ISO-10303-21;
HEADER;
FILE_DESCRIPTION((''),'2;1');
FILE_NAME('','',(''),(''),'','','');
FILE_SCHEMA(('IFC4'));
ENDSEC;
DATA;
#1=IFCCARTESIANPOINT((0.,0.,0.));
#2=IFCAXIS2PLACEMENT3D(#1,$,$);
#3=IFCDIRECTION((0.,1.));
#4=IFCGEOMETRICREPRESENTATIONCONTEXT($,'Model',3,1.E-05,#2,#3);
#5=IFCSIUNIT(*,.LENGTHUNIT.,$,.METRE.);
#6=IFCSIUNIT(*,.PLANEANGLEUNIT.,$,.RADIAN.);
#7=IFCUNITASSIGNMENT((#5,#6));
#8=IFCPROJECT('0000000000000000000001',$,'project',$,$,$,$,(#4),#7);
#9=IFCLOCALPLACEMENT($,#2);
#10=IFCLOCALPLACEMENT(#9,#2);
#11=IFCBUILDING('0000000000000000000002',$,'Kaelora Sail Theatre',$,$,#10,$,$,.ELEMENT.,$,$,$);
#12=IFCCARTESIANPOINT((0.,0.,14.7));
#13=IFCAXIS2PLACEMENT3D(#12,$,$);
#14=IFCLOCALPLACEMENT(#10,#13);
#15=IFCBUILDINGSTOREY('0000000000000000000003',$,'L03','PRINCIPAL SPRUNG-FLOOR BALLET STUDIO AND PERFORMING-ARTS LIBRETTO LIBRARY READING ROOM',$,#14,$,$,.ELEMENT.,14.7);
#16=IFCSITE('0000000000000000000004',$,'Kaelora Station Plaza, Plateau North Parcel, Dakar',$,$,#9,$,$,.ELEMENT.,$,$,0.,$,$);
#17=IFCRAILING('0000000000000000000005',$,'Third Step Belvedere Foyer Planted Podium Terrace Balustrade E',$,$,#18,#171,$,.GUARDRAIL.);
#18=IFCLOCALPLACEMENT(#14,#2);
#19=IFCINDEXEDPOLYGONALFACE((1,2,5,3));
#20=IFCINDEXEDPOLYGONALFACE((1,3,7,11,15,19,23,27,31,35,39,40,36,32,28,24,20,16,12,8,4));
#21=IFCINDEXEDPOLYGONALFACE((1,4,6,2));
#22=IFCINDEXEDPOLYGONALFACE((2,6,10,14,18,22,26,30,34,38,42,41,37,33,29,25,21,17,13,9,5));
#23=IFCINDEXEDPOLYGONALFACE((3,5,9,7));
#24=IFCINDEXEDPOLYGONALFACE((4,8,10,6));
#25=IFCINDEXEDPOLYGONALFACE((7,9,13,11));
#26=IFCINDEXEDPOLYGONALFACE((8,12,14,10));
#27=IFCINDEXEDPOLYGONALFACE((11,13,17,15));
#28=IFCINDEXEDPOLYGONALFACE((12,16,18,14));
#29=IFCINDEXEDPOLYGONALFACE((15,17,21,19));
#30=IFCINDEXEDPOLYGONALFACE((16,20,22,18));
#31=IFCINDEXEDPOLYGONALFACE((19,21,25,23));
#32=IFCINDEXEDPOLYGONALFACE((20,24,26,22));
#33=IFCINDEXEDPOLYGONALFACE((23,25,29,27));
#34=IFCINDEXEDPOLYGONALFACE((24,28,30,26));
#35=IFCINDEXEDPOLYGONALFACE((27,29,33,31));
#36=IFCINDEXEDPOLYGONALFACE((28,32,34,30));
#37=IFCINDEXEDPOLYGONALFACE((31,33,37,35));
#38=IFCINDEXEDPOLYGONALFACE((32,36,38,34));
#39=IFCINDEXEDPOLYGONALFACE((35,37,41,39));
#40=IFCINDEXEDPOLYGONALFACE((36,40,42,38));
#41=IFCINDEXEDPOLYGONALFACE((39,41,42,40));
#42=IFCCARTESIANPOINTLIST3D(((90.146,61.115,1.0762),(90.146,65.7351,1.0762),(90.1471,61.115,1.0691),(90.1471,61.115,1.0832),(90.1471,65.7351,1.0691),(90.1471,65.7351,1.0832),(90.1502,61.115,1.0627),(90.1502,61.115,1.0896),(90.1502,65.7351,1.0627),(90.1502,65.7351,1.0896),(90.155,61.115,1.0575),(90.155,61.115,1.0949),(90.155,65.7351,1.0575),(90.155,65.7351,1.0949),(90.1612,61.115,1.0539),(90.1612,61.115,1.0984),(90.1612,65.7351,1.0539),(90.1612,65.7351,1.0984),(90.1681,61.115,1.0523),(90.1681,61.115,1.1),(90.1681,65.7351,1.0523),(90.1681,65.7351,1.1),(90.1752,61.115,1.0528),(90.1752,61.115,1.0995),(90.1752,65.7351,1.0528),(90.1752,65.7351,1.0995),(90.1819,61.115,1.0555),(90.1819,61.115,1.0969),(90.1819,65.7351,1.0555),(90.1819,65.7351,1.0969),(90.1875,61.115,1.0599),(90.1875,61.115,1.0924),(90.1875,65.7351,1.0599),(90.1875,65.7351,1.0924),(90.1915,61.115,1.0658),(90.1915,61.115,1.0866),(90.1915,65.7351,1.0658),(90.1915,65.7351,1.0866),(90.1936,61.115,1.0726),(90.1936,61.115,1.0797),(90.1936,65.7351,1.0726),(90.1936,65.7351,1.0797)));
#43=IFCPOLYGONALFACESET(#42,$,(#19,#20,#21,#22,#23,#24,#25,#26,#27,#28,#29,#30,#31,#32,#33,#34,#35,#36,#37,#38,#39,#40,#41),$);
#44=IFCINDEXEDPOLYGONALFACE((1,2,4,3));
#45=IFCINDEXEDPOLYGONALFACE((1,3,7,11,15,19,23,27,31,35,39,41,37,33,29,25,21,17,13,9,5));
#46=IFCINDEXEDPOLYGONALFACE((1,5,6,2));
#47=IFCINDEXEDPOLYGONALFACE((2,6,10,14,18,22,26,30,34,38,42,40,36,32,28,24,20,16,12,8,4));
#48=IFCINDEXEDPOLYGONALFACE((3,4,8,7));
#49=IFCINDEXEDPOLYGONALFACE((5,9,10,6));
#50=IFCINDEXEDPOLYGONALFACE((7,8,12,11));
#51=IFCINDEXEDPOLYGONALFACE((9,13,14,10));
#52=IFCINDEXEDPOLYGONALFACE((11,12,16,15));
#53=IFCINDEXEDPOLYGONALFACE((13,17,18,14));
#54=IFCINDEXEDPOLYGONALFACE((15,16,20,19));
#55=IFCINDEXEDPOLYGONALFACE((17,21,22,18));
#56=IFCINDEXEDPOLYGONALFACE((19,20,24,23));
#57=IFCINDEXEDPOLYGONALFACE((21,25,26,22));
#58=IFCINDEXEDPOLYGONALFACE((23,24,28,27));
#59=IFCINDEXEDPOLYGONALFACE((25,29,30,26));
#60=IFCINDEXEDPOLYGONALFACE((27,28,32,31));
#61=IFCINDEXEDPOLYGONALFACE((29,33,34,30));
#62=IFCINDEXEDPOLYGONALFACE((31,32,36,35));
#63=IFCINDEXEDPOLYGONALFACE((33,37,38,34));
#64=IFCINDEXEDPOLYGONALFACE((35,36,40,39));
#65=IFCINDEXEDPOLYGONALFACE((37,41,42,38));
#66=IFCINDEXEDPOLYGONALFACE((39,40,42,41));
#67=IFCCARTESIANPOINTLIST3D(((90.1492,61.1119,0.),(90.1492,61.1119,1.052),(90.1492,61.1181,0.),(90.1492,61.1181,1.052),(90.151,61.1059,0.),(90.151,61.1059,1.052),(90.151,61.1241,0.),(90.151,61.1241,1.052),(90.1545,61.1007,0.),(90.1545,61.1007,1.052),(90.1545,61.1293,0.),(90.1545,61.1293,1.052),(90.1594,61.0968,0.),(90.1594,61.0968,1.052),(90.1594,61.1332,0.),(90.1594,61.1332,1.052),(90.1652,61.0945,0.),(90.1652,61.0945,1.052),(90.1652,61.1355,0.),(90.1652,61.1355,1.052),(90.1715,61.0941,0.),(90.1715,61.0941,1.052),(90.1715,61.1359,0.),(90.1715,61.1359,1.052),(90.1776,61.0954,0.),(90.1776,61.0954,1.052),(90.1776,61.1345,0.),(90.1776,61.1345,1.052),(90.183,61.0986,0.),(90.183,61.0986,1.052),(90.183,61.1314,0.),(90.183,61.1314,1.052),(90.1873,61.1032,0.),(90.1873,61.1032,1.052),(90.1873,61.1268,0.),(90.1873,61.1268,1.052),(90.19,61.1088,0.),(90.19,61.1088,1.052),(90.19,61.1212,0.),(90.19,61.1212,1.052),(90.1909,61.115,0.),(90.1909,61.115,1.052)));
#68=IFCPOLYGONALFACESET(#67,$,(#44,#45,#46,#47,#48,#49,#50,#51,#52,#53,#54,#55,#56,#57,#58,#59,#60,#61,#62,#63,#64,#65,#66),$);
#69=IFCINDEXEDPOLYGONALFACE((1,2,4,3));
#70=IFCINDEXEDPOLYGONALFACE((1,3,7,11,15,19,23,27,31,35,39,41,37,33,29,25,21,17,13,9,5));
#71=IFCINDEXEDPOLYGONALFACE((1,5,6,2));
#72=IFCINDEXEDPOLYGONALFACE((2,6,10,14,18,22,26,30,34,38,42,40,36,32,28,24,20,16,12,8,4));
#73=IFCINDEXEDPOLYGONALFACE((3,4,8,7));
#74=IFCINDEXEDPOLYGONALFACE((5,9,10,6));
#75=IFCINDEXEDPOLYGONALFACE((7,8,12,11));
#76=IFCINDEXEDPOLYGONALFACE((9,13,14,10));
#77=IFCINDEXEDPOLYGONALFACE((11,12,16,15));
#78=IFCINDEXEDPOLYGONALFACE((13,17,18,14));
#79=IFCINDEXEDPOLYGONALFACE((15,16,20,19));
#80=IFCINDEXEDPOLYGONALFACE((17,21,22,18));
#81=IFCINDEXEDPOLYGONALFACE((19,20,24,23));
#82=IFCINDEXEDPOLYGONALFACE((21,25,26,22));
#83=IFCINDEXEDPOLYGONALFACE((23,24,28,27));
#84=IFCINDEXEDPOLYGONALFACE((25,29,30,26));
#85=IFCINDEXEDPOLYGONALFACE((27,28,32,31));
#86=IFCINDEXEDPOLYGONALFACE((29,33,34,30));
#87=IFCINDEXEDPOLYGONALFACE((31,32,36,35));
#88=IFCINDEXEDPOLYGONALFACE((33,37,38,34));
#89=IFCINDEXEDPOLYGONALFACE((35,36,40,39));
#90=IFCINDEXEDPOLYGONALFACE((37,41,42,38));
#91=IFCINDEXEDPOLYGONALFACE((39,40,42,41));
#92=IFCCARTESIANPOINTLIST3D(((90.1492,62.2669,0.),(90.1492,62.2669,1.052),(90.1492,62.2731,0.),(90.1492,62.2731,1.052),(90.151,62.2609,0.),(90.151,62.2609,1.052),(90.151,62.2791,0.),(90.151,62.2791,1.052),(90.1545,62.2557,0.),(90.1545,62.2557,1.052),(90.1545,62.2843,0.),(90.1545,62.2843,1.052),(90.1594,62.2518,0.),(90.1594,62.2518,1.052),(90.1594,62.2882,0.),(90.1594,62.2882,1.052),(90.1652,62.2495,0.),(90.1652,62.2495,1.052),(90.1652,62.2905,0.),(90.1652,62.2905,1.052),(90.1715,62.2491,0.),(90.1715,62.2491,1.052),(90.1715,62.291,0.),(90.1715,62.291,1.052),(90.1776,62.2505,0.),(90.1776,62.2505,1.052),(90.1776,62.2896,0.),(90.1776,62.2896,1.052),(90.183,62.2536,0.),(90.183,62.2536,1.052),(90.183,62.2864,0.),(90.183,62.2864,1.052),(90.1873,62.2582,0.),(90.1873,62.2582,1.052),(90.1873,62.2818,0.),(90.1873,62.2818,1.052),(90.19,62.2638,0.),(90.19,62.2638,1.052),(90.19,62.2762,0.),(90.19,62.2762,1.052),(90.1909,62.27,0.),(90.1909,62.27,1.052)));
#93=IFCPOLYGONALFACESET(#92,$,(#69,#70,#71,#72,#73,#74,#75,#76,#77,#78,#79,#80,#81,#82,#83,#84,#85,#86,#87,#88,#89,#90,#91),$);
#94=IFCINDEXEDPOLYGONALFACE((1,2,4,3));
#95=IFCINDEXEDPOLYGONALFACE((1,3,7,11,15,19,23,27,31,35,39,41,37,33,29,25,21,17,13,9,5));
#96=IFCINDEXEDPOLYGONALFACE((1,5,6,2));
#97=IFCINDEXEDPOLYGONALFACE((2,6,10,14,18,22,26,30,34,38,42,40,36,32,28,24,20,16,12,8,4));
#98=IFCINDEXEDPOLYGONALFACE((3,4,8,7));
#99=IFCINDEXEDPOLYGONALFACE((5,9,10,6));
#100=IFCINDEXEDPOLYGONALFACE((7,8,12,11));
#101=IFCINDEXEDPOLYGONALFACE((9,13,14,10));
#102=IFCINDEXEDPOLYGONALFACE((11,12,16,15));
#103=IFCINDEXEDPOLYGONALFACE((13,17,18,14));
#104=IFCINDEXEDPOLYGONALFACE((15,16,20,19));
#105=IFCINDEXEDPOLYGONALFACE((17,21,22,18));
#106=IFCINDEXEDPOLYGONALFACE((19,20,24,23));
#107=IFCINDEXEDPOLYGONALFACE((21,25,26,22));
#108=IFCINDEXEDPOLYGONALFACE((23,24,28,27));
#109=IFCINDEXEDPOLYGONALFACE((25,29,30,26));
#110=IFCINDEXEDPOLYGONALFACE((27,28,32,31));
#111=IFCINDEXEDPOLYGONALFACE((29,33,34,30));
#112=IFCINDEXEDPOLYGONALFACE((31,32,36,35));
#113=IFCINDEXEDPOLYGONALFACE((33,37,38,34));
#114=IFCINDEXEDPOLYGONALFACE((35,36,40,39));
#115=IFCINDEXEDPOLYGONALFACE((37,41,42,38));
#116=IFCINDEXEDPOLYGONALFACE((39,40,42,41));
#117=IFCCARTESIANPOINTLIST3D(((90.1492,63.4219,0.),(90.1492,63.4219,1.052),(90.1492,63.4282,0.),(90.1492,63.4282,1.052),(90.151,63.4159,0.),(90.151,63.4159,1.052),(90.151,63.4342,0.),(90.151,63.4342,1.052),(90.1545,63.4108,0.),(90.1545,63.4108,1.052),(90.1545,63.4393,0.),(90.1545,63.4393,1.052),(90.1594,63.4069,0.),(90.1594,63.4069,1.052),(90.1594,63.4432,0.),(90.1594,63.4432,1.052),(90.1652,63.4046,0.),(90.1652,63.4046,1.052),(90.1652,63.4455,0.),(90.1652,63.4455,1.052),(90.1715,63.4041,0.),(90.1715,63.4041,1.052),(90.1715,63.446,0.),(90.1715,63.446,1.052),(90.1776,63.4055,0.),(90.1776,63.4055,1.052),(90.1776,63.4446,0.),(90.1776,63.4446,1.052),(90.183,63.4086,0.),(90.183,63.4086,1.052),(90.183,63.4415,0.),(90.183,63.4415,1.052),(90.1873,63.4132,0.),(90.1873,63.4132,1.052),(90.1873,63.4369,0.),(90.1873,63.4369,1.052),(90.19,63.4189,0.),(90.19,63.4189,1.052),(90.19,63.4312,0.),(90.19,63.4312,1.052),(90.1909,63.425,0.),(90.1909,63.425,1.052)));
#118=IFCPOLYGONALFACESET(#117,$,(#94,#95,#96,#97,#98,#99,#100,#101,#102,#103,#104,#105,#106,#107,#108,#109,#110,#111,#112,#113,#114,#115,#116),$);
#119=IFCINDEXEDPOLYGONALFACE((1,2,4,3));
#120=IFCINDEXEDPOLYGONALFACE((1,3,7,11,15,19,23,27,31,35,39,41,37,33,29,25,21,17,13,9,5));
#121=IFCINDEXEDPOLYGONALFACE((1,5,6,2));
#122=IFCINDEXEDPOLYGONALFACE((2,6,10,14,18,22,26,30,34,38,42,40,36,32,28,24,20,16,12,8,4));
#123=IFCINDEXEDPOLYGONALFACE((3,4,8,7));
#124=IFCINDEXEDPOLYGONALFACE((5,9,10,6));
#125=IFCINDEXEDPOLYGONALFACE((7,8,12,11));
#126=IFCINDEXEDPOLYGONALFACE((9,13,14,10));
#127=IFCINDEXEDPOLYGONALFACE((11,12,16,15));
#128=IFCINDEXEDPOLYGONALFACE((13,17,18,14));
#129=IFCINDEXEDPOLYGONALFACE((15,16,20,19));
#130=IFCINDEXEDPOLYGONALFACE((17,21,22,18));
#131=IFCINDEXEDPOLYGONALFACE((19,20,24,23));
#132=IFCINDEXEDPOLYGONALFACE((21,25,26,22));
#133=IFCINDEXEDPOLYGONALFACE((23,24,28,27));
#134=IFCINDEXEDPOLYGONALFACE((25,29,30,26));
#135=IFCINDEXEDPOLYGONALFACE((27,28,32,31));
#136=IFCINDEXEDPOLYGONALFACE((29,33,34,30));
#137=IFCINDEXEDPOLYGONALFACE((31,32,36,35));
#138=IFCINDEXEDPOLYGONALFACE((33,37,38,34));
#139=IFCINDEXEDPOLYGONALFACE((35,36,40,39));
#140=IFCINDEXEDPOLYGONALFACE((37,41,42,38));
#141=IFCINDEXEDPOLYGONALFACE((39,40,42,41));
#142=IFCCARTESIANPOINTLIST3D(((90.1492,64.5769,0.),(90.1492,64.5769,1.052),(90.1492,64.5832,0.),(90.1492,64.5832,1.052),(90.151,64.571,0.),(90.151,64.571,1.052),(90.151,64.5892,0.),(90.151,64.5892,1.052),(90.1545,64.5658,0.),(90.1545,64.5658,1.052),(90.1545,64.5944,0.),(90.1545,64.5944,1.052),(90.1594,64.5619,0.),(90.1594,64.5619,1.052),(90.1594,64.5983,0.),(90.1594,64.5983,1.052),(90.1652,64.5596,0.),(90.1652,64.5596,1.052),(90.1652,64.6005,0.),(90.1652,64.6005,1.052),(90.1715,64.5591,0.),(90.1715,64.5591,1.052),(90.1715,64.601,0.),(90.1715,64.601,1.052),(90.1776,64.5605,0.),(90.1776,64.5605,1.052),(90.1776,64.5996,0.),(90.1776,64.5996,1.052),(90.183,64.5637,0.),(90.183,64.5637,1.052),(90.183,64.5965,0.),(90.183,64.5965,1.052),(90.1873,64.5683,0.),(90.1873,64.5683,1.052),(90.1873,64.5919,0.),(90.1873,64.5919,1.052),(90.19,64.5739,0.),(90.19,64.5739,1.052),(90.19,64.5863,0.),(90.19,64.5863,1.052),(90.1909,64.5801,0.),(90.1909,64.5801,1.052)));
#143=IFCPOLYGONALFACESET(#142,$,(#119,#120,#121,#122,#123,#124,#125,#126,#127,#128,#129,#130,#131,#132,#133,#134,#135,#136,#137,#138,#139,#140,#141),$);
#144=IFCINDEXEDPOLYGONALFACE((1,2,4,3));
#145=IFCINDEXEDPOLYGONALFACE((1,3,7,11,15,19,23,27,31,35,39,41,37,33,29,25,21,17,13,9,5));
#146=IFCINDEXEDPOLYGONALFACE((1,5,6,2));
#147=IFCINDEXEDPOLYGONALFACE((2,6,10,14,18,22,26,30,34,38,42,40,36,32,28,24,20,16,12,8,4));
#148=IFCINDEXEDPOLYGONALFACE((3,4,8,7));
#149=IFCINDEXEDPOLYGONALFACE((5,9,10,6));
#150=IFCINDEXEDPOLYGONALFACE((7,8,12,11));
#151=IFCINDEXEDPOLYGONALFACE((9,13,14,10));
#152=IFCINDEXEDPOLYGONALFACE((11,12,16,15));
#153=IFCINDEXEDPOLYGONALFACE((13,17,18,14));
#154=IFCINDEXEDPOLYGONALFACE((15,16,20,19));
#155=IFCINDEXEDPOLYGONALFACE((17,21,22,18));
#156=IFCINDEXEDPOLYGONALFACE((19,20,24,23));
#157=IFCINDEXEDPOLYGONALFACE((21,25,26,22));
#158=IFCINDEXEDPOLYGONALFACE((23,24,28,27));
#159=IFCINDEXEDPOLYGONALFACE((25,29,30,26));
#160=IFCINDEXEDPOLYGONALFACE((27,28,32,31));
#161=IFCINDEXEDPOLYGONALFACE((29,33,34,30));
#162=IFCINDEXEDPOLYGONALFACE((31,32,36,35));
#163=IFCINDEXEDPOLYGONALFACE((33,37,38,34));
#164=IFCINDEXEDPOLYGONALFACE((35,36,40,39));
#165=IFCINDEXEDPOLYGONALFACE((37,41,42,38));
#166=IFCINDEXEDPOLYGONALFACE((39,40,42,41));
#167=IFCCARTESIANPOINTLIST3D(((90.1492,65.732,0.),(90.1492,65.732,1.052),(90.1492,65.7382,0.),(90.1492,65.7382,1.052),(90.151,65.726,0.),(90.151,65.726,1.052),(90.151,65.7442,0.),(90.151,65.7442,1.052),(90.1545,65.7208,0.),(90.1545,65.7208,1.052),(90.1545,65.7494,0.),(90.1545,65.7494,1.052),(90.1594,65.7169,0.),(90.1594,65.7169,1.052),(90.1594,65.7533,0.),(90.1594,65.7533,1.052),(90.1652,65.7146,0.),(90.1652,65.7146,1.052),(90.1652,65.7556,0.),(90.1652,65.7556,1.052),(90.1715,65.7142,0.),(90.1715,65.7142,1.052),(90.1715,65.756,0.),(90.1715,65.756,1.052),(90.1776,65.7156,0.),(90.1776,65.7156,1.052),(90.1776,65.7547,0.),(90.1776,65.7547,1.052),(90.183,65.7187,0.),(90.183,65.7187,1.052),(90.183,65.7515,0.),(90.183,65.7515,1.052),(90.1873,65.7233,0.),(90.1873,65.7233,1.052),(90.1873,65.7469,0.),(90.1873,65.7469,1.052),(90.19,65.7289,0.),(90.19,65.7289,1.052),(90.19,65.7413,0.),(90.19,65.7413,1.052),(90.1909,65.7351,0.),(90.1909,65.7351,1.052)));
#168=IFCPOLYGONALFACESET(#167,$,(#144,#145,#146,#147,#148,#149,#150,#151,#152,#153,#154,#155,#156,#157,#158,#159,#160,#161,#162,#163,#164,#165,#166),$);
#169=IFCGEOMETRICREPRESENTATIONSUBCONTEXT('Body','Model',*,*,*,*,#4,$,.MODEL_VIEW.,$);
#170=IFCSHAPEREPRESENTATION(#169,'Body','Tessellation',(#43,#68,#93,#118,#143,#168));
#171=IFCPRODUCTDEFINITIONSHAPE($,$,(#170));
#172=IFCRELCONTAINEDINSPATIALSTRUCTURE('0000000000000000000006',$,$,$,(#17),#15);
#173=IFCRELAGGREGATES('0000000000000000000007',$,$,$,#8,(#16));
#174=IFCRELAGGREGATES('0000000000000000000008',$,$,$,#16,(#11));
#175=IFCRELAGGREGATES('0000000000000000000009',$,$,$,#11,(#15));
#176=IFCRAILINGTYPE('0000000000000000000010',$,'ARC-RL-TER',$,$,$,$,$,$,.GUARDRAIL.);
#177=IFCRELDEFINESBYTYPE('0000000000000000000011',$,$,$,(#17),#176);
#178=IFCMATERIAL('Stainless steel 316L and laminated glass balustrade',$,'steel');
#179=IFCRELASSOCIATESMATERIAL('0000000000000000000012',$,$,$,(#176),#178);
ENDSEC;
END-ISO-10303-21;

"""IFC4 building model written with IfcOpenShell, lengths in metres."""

from ifc_helpers import new_model, si_unit, direction, frame, origin, origin_2d, place, context, subcontext, project, spatial, circle, extrude, material, type_object, element, save


model = new_model("IFC4")

# Units and contexts
model_context = context("Model", 3, precision=1e-05, world=origin(), true_north=direction((0.0, 1.0)))
body_context = subcontext(model_context, "Body", "Model", "MODEL_VIEW")
ifc_project = project(units=[si_unit("LENGTHUNIT", "METRE"), si_unit("PLANEANGLEUNIT", "RADIAN")], contexts=[model_context])

# Site, building, storey
site_placement = place(None, origin())
site = spatial("IfcSite", under=ifc_project, at=site_placement, Name="Kaelora Station Plaza, Plateau North Parcel, Dakar", CompositionType="ELEMENT", RefElevation=0.0)
building_placement = place(site_placement, origin())
building = spatial("IfcBuilding", under=site, at=building_placement, Name="Kaelora Sail Theatre", CompositionType="ELEMENT")
storey_placement = place(building_placement, frame((0.0, 0.0, 14.7)))
storey = spatial("IfcBuildingStorey", under=building, at=storey_placement, Name="L03", Description="PRINCIPAL SPRUNG-FLOOR BALLET STUDIO AND PERFORMING-ARTS LIBRETTO LIBRARY READING ROOM", CompositionType="ELEMENT", Elevation=14.7)

# Railing
ifc_material_1 = material(Name="Stainless steel 316L and laminated glass balustrade", Category="steel")
railing_type = type_object("IfcRailingType", Name="ARC-RL-TER", PredefinedType="GUARDRAIL", material=ifc_material_1)
railing_placement = place(storey_placement, frame((90.1699, 61.115, 0.0)))
element("IfcRailing", 1, at=railing_placement, inside=storey, type_object=railing_type, Name="Third Step Belvedere Foyer Planted Podium Terrace Balustrade E", PredefinedType="GUARDRAIL", context=body_context, shape_type="SweptSolid", body=[
    extrude(circle(Radius=0.0239, at=origin_2d()), frame((0.0, 0.0, 1.0762), z_axis=(0.0, 1.0, 0.0), x_axis=(-1.0, 0.0, 0.0)), (0.0, 0.0, 1.0), 4.6201),
    extrude(circle(Radius=0.021, at=origin_2d()), origin(), (0.0, 0.0, 1.0), 1.052),
    extrude(circle(Radius=0.021, at=origin_2d()), frame((0.0, 1.155, 0.0)), (0.0, 0.0, 1.0), 1.052),
    extrude(circle(Radius=0.021, at=origin_2d()), frame((0.0, 2.3101, 0.0)), (0.0, 0.0, 1.0), 1.052),
    extrude(circle(Radius=0.021, at=origin_2d()), frame((0.0, 3.4651, 0.0)), (0.0, 0.0, 1.0), 1.052),
    extrude(circle(Radius=0.021, at=origin_2d()), frame((0.0, 4.6201, 0.0)), (0.0, 0.0, 1.0), 1.052),
])

save(model, "model.ifc")
